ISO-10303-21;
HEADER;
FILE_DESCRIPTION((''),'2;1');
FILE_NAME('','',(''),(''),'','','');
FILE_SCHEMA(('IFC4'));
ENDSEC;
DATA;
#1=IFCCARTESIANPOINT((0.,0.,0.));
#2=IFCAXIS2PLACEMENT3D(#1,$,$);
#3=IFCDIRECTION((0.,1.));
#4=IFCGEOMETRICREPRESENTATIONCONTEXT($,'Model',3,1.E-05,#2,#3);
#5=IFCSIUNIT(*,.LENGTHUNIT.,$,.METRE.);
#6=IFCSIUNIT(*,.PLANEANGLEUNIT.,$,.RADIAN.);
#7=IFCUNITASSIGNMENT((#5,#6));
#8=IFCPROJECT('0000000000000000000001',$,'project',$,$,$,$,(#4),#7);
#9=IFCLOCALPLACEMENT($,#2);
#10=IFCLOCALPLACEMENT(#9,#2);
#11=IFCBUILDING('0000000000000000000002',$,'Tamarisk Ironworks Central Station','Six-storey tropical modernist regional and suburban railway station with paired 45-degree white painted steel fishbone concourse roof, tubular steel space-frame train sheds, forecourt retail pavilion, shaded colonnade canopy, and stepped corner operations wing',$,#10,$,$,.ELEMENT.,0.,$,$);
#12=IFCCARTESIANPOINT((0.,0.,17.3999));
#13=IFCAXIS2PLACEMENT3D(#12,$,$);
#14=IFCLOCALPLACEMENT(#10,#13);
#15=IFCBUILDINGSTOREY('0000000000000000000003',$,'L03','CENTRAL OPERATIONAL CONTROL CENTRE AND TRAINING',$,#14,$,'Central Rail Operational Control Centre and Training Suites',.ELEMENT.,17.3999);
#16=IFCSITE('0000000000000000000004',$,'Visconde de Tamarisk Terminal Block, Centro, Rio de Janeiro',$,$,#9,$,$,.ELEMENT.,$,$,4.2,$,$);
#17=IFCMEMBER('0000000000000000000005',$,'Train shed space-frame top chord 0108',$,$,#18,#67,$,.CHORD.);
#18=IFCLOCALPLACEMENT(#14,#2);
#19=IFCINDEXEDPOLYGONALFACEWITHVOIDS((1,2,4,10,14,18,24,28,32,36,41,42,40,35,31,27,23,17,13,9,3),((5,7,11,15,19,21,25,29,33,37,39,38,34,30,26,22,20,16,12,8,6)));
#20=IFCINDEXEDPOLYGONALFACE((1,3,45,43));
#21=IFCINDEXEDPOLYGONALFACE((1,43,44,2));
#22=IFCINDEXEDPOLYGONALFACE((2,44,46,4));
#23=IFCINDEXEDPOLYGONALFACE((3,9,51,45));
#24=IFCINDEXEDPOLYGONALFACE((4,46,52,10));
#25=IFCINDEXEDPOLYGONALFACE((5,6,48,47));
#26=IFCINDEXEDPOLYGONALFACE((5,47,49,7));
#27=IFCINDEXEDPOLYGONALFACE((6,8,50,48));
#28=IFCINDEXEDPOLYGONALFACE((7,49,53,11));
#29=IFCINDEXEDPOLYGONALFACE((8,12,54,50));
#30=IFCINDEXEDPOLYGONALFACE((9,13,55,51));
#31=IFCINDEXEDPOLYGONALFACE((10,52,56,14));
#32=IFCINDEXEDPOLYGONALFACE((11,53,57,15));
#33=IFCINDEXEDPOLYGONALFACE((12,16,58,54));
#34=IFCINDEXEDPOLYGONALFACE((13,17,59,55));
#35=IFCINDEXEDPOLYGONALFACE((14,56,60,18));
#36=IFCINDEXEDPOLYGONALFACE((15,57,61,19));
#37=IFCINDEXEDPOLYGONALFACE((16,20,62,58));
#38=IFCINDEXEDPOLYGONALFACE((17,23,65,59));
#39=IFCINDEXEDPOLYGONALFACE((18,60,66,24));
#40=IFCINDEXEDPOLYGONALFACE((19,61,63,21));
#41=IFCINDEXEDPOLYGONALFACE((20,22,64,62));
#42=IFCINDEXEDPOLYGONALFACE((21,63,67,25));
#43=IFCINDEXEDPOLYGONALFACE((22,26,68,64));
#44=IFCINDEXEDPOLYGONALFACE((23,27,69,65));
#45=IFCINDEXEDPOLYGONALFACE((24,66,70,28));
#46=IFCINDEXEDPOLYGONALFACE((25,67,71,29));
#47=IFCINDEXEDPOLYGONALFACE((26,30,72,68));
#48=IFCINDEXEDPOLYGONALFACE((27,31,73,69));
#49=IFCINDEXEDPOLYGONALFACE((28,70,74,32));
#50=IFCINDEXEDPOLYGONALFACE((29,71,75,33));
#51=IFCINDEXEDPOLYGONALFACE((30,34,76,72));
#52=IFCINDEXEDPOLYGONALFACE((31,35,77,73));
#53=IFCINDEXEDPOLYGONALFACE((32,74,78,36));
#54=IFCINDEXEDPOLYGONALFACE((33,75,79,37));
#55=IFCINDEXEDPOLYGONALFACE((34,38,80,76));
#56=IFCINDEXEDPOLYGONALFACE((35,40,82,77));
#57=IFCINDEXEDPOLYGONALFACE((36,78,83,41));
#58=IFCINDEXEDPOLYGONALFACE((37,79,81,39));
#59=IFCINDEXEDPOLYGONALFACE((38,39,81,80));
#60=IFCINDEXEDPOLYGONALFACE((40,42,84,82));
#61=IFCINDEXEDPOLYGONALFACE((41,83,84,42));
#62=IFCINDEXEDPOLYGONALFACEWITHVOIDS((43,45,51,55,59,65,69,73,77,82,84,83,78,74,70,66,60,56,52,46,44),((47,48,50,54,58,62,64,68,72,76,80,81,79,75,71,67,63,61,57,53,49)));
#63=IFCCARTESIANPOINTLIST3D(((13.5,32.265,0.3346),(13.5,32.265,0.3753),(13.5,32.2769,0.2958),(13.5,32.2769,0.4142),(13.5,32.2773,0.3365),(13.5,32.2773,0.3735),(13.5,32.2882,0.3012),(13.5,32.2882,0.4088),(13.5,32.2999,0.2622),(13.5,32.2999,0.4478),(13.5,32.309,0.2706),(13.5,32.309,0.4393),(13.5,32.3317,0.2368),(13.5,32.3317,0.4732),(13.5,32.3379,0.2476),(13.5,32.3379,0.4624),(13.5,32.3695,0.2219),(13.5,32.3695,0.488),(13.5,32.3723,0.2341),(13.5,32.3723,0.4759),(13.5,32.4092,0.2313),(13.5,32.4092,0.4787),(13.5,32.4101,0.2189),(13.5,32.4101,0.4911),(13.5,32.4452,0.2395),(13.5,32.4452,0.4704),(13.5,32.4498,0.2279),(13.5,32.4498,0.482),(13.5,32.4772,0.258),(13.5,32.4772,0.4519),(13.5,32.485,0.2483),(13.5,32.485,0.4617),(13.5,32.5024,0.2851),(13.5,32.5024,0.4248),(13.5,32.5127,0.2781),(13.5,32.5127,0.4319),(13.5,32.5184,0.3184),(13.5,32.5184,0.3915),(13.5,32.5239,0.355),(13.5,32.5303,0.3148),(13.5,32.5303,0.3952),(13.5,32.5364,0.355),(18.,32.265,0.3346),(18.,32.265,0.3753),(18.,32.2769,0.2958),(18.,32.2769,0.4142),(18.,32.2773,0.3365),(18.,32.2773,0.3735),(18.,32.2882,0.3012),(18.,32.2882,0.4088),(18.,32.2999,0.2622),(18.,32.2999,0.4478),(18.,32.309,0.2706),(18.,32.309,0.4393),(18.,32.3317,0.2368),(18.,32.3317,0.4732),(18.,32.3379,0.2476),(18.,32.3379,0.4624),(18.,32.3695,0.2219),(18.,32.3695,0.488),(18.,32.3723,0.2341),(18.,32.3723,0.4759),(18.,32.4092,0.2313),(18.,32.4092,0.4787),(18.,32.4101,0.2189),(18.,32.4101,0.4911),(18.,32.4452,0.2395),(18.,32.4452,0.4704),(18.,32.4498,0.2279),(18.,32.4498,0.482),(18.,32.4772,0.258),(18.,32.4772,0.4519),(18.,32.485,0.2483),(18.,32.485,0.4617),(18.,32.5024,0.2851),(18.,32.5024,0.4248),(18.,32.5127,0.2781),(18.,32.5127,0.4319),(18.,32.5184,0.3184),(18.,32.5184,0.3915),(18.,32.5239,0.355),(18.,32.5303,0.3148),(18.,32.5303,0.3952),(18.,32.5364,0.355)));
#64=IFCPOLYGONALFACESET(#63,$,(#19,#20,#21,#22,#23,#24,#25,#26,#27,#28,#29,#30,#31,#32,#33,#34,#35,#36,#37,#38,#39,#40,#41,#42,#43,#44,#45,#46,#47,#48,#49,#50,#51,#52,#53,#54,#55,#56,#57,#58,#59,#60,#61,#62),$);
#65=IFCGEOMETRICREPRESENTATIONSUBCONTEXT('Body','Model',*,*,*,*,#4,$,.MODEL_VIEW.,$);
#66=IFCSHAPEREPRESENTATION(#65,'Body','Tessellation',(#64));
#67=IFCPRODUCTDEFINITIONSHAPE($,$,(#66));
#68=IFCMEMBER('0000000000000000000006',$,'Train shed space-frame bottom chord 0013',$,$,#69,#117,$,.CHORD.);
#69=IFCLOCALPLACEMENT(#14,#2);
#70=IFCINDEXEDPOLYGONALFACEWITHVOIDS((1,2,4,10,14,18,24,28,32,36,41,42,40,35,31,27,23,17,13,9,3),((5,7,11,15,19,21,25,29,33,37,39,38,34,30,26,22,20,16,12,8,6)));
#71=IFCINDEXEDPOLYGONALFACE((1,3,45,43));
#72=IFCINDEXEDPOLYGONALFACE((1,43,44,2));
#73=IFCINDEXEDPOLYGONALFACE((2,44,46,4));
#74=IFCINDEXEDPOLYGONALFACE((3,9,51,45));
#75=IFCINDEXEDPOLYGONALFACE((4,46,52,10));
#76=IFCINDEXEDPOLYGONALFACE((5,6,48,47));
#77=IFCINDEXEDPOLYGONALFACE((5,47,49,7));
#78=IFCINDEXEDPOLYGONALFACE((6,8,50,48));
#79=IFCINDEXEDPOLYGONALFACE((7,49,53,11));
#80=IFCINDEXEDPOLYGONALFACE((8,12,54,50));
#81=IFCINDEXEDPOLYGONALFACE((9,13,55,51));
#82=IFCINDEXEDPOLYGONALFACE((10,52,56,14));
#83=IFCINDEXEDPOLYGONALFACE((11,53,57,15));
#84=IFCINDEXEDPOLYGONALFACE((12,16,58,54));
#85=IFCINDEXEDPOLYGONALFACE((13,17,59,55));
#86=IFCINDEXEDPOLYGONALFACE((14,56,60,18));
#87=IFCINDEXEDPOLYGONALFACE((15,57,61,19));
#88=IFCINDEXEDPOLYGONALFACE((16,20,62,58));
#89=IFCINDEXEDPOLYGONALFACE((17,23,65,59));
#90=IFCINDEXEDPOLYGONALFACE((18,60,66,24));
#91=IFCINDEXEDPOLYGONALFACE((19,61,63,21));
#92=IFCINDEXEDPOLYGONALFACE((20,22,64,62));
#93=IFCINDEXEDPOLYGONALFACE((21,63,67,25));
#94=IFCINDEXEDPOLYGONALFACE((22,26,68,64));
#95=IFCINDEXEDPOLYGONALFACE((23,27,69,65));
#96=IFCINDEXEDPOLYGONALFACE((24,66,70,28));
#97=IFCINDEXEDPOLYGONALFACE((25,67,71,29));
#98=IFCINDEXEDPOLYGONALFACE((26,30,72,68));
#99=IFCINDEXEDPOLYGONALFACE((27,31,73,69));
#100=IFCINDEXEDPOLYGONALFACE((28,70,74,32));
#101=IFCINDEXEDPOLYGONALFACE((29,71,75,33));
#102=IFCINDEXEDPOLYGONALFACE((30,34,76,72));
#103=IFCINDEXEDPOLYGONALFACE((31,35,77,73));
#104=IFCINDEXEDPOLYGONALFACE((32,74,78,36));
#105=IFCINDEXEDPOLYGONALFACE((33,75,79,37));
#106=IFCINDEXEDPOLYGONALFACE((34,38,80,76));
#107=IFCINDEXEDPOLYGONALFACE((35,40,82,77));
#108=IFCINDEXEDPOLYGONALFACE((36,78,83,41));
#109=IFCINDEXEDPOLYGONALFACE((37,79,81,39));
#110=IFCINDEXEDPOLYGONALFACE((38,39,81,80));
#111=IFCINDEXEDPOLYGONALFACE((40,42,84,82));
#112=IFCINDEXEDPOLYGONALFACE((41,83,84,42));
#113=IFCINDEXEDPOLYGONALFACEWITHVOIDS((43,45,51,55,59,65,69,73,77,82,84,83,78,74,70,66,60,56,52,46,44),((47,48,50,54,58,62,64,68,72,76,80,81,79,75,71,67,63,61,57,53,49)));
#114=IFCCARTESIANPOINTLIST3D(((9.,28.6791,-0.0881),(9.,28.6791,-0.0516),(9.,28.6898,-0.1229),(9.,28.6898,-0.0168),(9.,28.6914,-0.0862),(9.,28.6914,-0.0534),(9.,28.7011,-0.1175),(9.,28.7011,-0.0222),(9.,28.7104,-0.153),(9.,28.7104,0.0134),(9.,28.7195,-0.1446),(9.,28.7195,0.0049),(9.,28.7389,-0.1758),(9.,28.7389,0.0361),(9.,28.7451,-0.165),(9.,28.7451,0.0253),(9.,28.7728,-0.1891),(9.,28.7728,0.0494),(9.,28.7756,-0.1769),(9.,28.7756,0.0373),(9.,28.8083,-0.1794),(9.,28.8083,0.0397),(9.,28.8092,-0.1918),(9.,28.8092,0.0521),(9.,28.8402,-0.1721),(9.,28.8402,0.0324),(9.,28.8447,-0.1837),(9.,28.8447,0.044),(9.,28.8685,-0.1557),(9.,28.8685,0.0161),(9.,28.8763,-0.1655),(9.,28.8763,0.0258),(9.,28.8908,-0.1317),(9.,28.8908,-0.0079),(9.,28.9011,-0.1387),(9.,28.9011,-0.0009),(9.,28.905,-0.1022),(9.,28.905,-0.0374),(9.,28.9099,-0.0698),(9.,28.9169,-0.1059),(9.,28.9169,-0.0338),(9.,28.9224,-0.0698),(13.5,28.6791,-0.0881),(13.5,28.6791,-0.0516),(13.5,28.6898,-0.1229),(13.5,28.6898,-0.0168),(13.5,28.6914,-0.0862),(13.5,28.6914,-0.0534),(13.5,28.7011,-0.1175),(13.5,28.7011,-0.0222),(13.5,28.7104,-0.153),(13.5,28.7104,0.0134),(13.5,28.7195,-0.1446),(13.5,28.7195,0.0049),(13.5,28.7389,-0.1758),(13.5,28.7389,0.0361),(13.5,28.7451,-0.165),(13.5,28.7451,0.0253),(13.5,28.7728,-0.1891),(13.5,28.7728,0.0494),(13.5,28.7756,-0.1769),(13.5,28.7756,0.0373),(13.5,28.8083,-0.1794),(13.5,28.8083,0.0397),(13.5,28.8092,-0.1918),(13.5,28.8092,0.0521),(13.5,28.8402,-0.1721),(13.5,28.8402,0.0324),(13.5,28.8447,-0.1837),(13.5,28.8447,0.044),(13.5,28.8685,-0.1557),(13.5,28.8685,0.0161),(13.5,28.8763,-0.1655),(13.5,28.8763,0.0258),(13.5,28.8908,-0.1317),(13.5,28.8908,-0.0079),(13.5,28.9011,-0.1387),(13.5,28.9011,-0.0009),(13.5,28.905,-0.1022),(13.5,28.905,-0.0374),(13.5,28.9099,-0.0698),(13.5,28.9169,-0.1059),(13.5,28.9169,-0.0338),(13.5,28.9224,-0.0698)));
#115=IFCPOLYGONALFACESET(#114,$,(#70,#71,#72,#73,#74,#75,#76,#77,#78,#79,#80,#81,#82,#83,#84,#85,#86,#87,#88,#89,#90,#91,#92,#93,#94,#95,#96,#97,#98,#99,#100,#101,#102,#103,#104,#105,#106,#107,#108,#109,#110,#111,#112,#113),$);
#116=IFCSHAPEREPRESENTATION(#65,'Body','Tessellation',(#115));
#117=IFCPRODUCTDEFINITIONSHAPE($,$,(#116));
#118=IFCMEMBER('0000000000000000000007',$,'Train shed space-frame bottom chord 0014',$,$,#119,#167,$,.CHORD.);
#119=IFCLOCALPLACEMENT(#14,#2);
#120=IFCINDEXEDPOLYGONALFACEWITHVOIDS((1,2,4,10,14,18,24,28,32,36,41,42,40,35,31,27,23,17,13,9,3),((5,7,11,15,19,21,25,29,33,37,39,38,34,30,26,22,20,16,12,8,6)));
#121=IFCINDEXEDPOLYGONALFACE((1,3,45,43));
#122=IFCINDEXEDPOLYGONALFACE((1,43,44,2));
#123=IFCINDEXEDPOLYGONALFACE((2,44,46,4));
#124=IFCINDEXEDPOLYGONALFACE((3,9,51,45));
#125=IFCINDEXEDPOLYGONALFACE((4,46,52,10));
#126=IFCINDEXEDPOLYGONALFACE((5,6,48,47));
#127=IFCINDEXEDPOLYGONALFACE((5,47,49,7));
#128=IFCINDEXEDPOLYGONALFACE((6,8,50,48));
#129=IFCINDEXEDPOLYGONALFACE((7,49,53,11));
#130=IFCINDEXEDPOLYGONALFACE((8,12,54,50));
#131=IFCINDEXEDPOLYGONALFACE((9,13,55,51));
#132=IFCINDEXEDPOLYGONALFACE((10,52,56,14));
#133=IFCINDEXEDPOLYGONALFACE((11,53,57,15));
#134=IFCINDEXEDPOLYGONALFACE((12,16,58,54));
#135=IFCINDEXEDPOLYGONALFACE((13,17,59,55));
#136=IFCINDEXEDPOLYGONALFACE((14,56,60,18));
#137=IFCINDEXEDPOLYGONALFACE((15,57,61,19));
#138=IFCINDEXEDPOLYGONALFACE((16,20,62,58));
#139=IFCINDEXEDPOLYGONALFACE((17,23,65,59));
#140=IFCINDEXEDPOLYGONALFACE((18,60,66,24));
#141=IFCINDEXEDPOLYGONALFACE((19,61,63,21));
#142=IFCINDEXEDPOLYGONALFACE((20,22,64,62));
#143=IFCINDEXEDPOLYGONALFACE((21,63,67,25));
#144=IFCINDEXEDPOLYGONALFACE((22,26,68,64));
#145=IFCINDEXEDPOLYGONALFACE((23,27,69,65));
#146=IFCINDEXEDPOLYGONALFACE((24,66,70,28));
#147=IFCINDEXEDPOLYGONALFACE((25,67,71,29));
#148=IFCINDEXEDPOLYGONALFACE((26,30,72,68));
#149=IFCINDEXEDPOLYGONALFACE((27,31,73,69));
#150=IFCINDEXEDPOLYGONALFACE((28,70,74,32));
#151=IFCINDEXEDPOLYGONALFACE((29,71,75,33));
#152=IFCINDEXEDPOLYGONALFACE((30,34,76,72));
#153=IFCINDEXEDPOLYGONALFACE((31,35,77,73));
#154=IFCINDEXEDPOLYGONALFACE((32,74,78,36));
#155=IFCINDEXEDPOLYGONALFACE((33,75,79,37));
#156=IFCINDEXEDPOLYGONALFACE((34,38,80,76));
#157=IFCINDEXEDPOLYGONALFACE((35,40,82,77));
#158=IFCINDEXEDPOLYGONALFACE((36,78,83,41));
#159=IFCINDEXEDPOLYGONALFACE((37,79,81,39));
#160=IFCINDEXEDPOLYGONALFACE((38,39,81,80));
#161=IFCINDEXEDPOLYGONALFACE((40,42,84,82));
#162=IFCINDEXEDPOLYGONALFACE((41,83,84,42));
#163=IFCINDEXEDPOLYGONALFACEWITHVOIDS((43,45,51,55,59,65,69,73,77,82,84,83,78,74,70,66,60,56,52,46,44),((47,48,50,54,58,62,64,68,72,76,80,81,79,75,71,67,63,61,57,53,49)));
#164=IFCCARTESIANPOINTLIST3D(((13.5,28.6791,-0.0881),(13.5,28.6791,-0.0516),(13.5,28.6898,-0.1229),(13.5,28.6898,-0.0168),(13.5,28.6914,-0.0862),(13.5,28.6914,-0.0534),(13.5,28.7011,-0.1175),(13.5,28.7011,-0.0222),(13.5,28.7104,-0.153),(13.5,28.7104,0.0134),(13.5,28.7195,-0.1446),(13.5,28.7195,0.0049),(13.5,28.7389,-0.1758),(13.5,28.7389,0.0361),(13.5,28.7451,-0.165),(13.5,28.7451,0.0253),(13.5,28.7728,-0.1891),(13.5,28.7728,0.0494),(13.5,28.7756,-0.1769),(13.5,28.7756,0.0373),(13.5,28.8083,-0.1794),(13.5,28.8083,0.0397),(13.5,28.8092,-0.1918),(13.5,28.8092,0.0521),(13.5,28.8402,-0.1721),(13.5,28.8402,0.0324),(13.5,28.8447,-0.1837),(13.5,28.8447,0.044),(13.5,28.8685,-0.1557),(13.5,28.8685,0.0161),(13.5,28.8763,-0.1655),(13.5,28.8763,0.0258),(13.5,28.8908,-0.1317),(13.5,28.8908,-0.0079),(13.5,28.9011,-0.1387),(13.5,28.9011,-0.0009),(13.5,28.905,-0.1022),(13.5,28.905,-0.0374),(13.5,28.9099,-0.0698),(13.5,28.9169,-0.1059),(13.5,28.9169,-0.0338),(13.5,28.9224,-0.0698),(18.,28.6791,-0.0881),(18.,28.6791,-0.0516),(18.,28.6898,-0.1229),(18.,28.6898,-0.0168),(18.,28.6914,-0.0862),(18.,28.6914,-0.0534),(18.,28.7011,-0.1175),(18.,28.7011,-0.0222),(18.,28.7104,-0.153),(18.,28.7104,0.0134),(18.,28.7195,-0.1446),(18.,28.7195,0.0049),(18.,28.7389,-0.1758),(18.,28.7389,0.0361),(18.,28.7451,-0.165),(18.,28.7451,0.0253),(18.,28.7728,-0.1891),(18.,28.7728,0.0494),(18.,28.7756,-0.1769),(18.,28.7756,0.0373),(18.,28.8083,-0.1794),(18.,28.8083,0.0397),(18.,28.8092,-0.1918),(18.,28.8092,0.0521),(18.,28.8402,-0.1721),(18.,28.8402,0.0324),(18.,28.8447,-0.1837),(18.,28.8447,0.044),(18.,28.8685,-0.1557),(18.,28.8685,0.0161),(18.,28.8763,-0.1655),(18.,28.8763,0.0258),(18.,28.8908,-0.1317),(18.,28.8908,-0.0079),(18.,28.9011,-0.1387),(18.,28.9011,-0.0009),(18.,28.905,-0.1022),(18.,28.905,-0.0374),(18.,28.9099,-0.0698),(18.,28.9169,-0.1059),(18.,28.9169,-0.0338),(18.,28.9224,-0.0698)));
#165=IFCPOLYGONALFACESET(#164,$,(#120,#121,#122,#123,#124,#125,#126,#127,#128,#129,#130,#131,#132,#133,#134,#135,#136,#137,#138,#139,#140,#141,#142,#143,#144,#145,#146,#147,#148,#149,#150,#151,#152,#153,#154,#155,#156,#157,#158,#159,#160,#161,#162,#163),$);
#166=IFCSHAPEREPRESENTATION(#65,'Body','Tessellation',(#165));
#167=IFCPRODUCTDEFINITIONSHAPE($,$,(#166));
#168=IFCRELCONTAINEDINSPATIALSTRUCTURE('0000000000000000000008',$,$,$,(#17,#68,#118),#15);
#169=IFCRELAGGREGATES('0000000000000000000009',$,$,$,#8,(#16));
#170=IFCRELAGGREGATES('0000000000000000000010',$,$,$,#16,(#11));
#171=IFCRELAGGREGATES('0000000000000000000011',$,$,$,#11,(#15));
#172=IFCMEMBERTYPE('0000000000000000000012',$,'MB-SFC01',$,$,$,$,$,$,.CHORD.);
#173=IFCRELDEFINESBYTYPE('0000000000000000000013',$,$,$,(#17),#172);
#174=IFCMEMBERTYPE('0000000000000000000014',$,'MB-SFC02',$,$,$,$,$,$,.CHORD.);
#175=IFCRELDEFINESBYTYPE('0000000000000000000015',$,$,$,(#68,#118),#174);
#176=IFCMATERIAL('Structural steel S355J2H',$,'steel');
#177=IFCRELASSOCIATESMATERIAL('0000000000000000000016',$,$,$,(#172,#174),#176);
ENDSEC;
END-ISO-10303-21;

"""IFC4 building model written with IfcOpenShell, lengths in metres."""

from ifc_helpers import new_model, si_unit, direction, frame, origin, origin_2d, place, context, subcontext, project, spatial, hollow_circle, extrude, material, material_profile, profile_set, type_object, element, save


model = new_model("IFC4")

# Units and contexts
model_context = context("Model", 3, precision=1e-05, world=origin(), true_north=direction((0.0, 1.0)))
body_context = subcontext(model_context, "Body", "Model", "MODEL_VIEW")
ifc_project = project(units=[si_unit("LENGTHUNIT", "METRE"), si_unit("PLANEANGLEUNIT", "RADIAN")], contexts=[model_context])

# Site, building, storey
site_placement = place(None, origin())
site = spatial("IfcSite", under=ifc_project, at=site_placement, Name="Visconde de Tamarisk Terminal Block, Centro, Rio de Janeiro", CompositionType="ELEMENT", RefElevation=4.2)
building_placement = place(site_placement, origin())
building = spatial("IfcBuilding", under=site, at=building_placement, Name="Tamarisk Ironworks Central Station", Description="Six-storey tropical modernist regional and suburban railway station with paired 45-degree white painted steel fishbone concourse roof, tubular steel space-frame train sheds, forecourt retail pavilion, shaded colonnade canopy, and stepped corner operations wing", CompositionType="ELEMENT", ElevationOfRefHeight=0.0)
storey_placement = place(building_placement, frame((0.0, 0.0, 17.3999)))
storey = spatial("IfcBuildingStorey", under=building, at=storey_placement, Name="L03", Description="CENTRAL OPERATIONAL CONTROL CENTRE AND TRAINING", LongName="Central Rail Operational Control Centre and Training Suites", CompositionType="ELEMENT", Elevation=17.3999)

# Members
ifc_material = material(Name="Structural steel S355J2H", Category="steel")
ifc_material_profile_1 = material_profile(ifc_material, hollow_circle(Radius=0.1365, WallThickness=0.0125, at=origin_2d()), Name="CHS 273x12.5")
ifc_profile_set_1 = profile_set([ifc_material_profile_1], Name="Structural steel S355J2H")
member_type_1 = type_object("IfcMemberType", Name="MB-SFC01", PredefinedType="CHORD", material=ifc_profile_set_1)
for number, where, z_axis, x_axis, name in (
    (1, (13.5, 32.3999, 0.355), (1.0, 0.0, 0.0), (0.0, 1.0, 0.0), "Train shed space-frame top chord 0108"),
):
    element("IfcMember", number, at=place(storey_placement, frame(where, z_axis=z_axis, x_axis=x_axis)), inside=storey, type_object=member_type_1, Name=name, PredefinedType="CHORD", context=body_context, shape_type="SweptSolid", body=[
        extrude(hollow_circle(Radius=0.1365, WallThickness=0.0125, at=origin_2d()), origin(), (0.0, 0.0, 1.0), 4.5),
    ])
ifc_material_profile_2 = material_profile(ifc_material, hollow_circle(Radius=0.1223, WallThickness=0.0125, at=origin_2d()), Name="CHS 244.5x12.5")
ifc_profile_set_2 = profile_set([ifc_material_profile_2], Name="Structural steel S355J2H")
member_type_2 = type_object("IfcMemberType", Name="MB-SFC02", PredefinedType="CHORD", material=ifc_profile_set_2)
for number, where, z_axis, x_axis, name in (
    (2, (9.0, 28.8, -0.0698), (1.0, 0.0, 0.0), (0.0, 1.0, 0.0), "Train shed space-frame bottom chord 0013"),
    (3, (13.5, 28.8, -0.0698), (1.0, 0.0, 0.0), (0.0, 1.0, 0.0), "Train shed space-frame bottom chord 0014"),
):
    element("IfcMember", number, at=place(storey_placement, frame(where, z_axis=z_axis, x_axis=x_axis)), inside=storey, type_object=member_type_2, Name=name, PredefinedType="CHORD", context=body_context, shape_type="SweptSolid", body=[
        extrude(hollow_circle(Radius=0.1223, WallThickness=0.0125, at=origin_2d()), origin(), (0.0, 0.0, 1.0), 4.5),
    ])

save(model, "model.ifc")
